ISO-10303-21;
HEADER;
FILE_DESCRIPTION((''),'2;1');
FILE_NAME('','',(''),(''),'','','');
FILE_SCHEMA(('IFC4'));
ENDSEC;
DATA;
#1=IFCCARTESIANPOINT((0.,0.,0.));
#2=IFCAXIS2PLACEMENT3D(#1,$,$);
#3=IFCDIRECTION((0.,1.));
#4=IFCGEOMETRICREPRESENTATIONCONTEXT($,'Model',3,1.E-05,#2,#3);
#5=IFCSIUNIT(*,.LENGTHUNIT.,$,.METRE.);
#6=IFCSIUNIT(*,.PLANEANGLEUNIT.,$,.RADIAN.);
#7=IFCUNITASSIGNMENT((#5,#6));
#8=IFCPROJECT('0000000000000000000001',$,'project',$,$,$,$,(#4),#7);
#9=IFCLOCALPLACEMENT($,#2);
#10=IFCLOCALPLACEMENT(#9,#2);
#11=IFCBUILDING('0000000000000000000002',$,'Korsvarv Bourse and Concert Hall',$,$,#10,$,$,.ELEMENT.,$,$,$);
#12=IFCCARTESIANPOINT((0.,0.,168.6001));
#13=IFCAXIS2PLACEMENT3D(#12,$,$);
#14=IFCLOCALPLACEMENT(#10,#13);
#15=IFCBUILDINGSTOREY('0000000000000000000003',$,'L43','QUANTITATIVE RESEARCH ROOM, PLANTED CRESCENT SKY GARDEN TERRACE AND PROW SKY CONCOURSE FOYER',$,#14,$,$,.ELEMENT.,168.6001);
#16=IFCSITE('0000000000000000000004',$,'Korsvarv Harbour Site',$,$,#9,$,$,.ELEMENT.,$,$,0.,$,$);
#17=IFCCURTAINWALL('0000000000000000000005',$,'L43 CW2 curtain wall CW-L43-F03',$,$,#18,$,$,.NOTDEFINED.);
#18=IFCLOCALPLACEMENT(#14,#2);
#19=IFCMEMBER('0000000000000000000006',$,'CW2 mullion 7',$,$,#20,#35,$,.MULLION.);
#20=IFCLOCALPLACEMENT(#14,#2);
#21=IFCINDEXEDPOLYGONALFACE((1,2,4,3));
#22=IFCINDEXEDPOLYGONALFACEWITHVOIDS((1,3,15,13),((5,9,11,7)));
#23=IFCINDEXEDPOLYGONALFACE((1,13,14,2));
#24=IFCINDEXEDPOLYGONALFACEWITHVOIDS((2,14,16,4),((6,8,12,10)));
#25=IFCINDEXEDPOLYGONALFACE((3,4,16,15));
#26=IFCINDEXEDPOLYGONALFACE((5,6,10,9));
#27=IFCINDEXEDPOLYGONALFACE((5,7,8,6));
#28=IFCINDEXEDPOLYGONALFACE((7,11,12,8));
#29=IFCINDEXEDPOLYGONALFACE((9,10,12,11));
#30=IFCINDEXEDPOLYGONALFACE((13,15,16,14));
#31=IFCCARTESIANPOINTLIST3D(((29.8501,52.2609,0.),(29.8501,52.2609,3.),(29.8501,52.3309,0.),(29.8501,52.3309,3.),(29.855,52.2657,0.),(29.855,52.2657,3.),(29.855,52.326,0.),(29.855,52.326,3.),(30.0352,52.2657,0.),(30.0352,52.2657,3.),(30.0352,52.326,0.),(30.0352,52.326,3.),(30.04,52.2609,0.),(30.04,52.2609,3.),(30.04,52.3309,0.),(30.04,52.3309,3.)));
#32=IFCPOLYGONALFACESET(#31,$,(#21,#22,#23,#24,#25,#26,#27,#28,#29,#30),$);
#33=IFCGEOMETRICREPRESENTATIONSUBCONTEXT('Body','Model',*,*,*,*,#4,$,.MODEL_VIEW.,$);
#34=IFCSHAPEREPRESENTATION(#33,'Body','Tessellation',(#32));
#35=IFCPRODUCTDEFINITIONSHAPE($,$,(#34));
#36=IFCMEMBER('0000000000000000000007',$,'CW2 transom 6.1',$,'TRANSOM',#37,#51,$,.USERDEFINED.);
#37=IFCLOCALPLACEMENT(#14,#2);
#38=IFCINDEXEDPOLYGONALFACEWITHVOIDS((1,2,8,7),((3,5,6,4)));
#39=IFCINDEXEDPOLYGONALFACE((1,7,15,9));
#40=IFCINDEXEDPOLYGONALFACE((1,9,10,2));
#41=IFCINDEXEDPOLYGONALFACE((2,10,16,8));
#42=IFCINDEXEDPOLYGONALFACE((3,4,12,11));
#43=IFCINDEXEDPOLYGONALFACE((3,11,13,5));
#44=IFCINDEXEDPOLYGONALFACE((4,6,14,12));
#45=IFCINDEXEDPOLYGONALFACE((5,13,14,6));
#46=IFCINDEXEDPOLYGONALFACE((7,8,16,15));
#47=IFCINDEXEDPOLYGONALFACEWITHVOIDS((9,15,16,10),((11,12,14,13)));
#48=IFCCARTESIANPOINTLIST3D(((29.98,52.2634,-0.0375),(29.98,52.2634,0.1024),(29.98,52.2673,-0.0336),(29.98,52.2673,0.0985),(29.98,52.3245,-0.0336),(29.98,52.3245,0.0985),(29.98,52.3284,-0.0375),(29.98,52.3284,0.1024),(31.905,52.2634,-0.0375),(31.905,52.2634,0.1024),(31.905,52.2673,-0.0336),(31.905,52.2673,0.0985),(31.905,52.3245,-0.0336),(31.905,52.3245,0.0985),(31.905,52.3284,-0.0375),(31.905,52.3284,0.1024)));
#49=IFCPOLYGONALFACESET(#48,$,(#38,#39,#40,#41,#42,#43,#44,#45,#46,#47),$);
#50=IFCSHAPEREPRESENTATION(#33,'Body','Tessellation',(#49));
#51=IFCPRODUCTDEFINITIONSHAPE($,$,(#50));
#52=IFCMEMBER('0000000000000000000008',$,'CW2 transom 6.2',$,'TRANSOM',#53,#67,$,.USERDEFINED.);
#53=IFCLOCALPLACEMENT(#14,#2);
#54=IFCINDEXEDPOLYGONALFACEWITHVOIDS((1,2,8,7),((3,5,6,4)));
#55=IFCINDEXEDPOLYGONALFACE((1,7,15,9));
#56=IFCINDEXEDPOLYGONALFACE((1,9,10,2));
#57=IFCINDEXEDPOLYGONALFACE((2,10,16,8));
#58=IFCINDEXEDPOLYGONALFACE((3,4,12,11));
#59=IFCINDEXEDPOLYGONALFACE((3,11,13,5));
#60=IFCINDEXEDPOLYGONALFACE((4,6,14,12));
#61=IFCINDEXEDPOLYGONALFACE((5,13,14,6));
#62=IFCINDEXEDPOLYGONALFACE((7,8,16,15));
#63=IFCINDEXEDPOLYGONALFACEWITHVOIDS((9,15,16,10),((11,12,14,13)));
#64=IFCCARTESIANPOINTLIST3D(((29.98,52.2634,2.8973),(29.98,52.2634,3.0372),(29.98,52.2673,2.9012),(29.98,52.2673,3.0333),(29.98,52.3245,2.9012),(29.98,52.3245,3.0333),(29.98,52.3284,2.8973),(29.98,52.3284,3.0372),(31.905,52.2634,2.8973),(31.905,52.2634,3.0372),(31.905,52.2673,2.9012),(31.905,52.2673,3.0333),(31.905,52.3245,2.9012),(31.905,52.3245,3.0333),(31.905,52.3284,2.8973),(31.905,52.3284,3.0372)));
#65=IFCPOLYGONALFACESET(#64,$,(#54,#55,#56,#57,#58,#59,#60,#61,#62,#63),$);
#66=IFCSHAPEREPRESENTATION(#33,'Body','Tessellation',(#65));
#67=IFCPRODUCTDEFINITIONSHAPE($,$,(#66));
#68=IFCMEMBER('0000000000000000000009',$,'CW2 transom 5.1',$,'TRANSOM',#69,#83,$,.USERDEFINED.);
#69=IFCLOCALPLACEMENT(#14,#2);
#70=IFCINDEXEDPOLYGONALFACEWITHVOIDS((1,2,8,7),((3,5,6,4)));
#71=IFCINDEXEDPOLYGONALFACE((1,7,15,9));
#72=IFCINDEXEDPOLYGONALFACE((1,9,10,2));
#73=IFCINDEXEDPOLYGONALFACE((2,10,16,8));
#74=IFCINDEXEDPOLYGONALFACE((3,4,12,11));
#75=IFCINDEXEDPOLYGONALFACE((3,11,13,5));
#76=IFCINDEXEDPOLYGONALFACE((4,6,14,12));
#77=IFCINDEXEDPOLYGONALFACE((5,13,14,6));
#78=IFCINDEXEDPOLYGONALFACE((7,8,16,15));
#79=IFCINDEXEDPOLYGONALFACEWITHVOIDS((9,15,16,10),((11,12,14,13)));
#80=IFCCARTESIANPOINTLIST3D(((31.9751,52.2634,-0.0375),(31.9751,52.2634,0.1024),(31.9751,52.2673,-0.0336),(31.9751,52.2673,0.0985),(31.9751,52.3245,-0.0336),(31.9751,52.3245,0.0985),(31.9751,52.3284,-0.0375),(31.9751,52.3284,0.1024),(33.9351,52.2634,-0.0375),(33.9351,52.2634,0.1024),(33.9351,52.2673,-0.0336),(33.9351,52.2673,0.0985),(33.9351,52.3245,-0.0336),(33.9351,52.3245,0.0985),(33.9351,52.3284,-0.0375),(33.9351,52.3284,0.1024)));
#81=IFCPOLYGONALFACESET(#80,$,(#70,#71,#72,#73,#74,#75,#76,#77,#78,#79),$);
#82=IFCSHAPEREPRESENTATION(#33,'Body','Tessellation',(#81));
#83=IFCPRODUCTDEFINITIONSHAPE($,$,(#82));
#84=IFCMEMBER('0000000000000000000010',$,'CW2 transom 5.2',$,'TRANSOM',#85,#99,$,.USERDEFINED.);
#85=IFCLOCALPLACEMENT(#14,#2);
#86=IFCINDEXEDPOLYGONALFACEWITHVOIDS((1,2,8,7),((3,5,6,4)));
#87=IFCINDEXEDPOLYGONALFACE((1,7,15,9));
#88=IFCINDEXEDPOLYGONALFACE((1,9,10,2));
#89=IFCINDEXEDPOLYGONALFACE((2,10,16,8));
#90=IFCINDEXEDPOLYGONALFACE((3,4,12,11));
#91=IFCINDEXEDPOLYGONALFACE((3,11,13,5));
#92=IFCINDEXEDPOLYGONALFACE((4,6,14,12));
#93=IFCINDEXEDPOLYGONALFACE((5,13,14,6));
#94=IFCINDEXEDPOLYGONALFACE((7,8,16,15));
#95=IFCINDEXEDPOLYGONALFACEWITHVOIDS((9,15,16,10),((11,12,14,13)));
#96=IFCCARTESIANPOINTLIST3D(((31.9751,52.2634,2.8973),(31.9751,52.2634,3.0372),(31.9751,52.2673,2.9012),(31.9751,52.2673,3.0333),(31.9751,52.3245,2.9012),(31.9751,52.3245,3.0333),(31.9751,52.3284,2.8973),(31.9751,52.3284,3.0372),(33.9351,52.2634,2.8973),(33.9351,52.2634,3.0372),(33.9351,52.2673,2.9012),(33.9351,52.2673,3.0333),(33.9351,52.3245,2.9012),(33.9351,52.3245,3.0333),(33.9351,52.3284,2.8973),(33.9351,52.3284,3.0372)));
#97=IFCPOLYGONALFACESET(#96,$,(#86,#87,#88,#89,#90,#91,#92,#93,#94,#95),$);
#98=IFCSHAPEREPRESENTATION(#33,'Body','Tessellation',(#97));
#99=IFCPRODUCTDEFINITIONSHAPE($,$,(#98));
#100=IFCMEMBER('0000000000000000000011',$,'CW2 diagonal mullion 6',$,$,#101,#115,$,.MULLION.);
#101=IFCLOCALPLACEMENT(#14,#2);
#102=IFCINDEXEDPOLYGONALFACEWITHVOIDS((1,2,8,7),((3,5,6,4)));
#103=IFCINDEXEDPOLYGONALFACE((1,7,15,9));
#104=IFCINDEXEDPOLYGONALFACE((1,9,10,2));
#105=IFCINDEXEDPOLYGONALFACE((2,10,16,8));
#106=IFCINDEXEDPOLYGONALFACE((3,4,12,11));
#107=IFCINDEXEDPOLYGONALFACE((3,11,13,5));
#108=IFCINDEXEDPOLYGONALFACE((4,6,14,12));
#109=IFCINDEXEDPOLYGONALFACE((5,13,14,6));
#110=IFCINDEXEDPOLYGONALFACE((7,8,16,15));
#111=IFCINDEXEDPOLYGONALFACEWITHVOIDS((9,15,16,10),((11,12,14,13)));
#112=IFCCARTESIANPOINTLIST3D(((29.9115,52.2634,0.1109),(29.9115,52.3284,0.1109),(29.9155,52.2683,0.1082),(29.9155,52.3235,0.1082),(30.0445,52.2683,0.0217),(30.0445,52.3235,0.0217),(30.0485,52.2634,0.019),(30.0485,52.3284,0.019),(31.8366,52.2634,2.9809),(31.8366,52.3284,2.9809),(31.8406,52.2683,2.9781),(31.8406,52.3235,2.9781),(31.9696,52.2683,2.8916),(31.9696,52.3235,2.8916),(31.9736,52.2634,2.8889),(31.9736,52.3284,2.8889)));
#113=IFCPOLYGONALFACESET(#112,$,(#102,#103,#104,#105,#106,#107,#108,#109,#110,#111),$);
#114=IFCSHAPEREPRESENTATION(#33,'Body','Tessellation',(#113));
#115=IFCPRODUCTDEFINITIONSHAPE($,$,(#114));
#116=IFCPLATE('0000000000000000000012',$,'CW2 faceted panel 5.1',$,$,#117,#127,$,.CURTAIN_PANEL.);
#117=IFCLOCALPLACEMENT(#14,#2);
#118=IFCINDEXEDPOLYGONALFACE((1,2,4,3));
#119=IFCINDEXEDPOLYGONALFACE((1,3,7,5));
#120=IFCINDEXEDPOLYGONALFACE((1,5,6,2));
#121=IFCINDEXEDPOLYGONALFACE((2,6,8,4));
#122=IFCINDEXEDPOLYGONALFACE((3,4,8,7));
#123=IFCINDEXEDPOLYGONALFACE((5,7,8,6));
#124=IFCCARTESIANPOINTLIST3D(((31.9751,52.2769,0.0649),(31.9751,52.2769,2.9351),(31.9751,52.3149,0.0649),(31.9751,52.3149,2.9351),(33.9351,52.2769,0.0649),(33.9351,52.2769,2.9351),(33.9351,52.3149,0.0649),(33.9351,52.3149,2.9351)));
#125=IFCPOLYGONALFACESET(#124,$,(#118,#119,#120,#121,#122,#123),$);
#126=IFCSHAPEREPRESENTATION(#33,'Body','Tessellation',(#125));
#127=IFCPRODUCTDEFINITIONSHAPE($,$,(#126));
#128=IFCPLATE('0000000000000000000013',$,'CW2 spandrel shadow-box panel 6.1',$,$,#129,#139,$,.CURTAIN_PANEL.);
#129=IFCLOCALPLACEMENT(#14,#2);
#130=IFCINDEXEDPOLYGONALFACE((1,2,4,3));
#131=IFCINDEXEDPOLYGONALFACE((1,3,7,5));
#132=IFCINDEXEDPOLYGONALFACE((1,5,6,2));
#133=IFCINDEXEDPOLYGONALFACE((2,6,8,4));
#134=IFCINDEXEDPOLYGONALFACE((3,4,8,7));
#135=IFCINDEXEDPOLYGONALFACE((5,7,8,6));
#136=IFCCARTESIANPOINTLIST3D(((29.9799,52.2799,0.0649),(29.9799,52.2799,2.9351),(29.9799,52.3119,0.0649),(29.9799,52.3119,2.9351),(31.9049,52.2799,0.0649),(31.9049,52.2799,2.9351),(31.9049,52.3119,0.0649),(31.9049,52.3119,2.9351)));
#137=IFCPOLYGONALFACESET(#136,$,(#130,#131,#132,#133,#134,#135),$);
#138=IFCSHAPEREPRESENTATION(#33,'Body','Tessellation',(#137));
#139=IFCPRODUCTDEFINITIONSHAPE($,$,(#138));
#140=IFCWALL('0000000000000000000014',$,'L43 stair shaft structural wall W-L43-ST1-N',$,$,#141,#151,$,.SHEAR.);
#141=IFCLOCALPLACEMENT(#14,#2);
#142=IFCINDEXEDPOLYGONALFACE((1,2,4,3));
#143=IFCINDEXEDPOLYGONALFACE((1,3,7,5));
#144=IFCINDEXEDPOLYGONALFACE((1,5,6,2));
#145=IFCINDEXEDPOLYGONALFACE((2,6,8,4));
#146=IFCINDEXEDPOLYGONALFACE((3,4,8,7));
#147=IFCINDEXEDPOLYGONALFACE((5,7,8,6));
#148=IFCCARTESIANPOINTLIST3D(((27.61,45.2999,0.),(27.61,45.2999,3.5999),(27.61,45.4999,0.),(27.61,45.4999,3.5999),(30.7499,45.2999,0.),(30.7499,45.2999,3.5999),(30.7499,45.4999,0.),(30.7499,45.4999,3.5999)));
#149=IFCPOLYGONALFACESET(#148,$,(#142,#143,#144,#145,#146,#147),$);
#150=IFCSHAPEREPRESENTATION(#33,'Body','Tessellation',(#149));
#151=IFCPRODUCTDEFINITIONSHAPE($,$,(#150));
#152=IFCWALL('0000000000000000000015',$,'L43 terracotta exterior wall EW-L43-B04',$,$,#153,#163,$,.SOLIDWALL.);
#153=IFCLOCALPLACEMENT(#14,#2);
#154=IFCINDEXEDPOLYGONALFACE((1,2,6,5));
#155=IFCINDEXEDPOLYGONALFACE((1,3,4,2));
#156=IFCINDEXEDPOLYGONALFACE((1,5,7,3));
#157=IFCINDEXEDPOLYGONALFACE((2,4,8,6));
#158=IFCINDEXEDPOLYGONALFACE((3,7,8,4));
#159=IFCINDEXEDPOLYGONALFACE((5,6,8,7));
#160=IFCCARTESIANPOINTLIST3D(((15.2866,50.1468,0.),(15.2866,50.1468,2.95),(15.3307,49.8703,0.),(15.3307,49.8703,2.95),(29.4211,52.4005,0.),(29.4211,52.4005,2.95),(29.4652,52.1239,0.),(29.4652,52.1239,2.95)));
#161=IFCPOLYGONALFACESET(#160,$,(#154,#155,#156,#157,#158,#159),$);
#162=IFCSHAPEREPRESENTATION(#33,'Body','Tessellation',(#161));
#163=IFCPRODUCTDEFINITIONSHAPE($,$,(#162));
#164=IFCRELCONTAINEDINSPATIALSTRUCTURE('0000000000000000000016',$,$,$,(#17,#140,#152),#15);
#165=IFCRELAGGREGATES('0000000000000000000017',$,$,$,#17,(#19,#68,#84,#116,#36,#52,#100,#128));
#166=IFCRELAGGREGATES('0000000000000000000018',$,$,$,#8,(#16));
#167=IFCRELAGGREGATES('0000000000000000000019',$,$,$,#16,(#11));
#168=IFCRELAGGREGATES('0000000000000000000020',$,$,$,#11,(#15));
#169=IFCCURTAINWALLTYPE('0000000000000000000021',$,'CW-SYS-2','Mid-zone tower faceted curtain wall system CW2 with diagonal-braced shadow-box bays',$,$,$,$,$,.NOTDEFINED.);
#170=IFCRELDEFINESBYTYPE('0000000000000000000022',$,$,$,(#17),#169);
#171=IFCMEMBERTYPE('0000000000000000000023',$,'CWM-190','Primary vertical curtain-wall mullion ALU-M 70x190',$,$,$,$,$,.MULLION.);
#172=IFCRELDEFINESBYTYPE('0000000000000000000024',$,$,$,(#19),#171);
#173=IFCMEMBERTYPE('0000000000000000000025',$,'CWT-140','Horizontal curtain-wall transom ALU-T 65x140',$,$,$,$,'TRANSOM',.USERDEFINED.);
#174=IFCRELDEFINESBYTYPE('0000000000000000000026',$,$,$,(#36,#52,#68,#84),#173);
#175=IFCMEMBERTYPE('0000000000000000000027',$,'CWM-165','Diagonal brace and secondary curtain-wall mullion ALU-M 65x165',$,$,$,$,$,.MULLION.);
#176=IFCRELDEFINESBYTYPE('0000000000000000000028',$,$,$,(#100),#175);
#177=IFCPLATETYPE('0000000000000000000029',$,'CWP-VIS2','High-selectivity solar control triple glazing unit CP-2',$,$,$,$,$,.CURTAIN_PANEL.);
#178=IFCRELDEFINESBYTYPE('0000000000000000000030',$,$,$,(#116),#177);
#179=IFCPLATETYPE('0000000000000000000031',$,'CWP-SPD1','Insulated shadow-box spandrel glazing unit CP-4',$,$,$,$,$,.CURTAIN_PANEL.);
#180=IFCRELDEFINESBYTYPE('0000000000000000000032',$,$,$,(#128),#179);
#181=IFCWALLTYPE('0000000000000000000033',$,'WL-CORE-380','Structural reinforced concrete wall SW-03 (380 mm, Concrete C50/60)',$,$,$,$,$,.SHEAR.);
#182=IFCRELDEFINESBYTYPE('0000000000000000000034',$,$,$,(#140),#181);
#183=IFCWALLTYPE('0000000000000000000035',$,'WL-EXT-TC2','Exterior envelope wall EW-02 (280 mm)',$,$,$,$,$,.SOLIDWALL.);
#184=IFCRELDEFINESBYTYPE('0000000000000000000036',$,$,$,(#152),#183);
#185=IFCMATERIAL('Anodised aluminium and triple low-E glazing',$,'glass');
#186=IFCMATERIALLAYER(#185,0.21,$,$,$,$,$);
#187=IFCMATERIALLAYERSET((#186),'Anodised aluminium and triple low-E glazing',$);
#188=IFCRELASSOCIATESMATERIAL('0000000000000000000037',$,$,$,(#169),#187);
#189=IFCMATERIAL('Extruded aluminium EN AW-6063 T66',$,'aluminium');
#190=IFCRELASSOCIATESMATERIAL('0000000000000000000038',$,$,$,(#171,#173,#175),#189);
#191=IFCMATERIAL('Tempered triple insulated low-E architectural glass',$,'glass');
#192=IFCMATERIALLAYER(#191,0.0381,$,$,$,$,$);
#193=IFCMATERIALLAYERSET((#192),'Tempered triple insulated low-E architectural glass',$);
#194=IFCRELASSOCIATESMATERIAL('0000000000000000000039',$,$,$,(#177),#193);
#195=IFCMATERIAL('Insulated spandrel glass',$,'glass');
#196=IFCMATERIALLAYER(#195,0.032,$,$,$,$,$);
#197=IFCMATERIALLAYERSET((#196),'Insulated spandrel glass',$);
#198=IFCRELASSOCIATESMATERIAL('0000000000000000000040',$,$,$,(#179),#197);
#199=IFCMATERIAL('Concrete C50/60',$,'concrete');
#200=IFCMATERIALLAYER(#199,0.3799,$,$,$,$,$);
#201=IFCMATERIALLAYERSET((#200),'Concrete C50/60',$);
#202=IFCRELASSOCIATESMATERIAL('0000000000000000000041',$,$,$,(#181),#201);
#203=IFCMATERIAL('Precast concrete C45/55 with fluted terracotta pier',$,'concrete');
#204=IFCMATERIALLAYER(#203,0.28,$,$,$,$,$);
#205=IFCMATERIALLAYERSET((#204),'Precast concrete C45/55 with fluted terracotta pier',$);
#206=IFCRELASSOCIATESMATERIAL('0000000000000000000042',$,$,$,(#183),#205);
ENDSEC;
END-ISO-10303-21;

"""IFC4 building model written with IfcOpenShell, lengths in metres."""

from ifc_helpers import new_model, si_unit, direction, frame, frame_2d, origin, origin_2d, place, context, subcontext, project, spatial, rectangle, hollow_rectangle, extrude, source, transform, mapped, material, layer, layer_set, material_profile, profile_set, type_object, element, aggregate, save


model = new_model("IFC4")

# Units and contexts
model_context = context("Model", 3, precision=1e-05, world=origin(), true_north=direction((0.0, 1.0)))
body_context = subcontext(model_context, "Body", "Model", "MODEL_VIEW")
ifc_project = project(units=[si_unit("LENGTHUNIT", "METRE"), si_unit("PLANEANGLEUNIT", "RADIAN")], contexts=[model_context])

# Site, building, storey
site_placement = place(None, origin())
site = spatial("IfcSite", under=ifc_project, at=site_placement, Name="Korsvarv Harbour Site", CompositionType="ELEMENT", RefElevation=0.0)
building_placement = place(site_placement, origin())
building = spatial("IfcBuilding", under=site, at=building_placement, Name="Korsvarv Bourse and Concert Hall", CompositionType="ELEMENT")
storey_placement = place(building_placement, frame((0.0, 0.0, 168.6001)))
storey = spatial("IfcBuildingStorey", under=building, at=storey_placement, Name="L43", Description="QUANTITATIVE RESEARCH ROOM, PLANTED CRESCENT SKY GARDEN TERRACE AND PROW SKY CONCOURSE FOYER", CompositionType="ELEMENT", Elevation=168.6001)

# Curtain wall, members, plates
ifc_material_1 = material(Name="Anodised aluminium and triple low-E glazing", Category="glass")
ifc_layer_1 = layer(ifc_material_1, 0.21)
ifc_layer_set_1 = layer_set([ifc_layer_1], Name="Anodised aluminium and triple low-E glazing")
curtain_wall_type = type_object("IfcCurtainWallType", Name="CW-SYS-2", Description="Mid-zone tower faceted curtain wall system CW2 with diagonal-braced shadow-box bays", PredefinedType="NOTDEFINED", material=ifc_layer_set_1)
curtain_wall_placement = place(storey_placement, origin())
curtain_wall = element("IfcCurtainWall", 1, at=curtain_wall_placement, inside=storey, type_object=curtain_wall_type, Name="L43 CW2 curtain wall CW-L43-F03", PredefinedType="NOTDEFINED")
ifc_material_2 = material(Name="Extruded aluminium EN AW-6063 T66", Category="aluminium")
ifc_material_profile_1 = material_profile(ifc_material_2, hollow_rectangle(XDim=0.0701, YDim=0.1899, WallThickness=0.0049, at=origin_2d()), Name="ALU-M 70x190")
ifc_profile_set_1 = profile_set([ifc_material_profile_1], Name="Extruded aluminium EN AW-6063 T66")
member_type_1 = type_object("IfcMemberType", Name="CWM-190", Description="Primary vertical curtain-wall mullion ALU-M 70x190", PredefinedType="MULLION", material=ifc_profile_set_1)
shared_shape_1 = source(origin(), body_context, "Body", "SweptSolid", [
    extrude(hollow_rectangle(XDim=0.0701, YDim=0.1899, WallThickness=0.0049, at=origin_2d()), origin(), (0.0, 0.0, 1.0), 3.0),
])
member_1_placement = place(storey_placement, frame((29.9451, 52.2959, 0.0), z_axis=(0.0, 0.0, 1.0), x_axis=(0.0, -1.0, 0.0)))
member_1 = element("IfcMember", 2, at=member_1_placement, type_object=member_type_1, Name="CW2 mullion 7", PredefinedType="MULLION", context=body_context, shape_type="MappedRepresentation", body=[
    mapped(shared_shape_1, transform((0.0, 0.0, 0.0), scale=1.0)),
])
ifc_material_profile_2 = material_profile(ifc_material_2, hollow_rectangle(XDim=0.0649, YDim=0.1399, WallThickness=0.0039, at=origin_2d()), Name="ALU-T 65x140")
ifc_profile_set_2 = profile_set([ifc_material_profile_2], Name="Extruded aluminium EN AW-6063 T66")
member_type_2 = type_object("IfcMemberType", Name="CWT-140", Description="Horizontal curtain-wall transom ALU-T 65x140", ElementType="TRANSOM", PredefinedType="USERDEFINED", material=ifc_profile_set_2)
shared_shape_2 = source(origin(), body_context, "Body", "SweptSolid", [
    extrude(hollow_rectangle(XDim=0.0649, YDim=0.1399, WallThickness=0.0039, at=origin_2d()), origin(), (0.0, 0.0, 1.0), 1.925),
])
member_2_placement = place(storey_placement, frame((31.905, 52.2959, 0.0325), z_axis=(-1.0, 0.0, 0.0), x_axis=(0.0, -1.0, 0.0)))
member_2 = element("IfcMember", 3, at=member_2_placement, type_object=member_type_2, Name="CW2 transom 6.1", ObjectType="TRANSOM", PredefinedType="USERDEFINED", context=body_context, shape_type="MappedRepresentation", body=[
    mapped(shared_shape_2, transform((0.0, 0.0, 0.0), scale=1.0)),
])
member_3_placement = place(storey_placement, frame((31.905, 52.2959, 2.9673), z_axis=(-1.0, 0.0, 0.0), x_axis=(0.0, -1.0, 0.0)))
member_3 = element("IfcMember", 4, at=member_3_placement, type_object=member_type_2, Name="CW2 transom 6.2", ObjectType="TRANSOM", PredefinedType="USERDEFINED", context=body_context, shape_type="MappedRepresentation", body=[
    mapped(shared_shape_2, transform((0.0, 0.0, 0.0), scale=1.0)),
])
shared_shape_3 = source(origin(), body_context, "Body", "SweptSolid", [
    extrude(hollow_rectangle(XDim=0.0649, YDim=0.1399, WallThickness=0.0039, at=origin_2d()), origin(), (0.0, 0.0, 1.0), 1.96),
])
member_4_placement = place(storey_placement, frame((33.9351, 52.2959, 0.0325), z_axis=(-1.0, 0.0, 0.0), x_axis=(0.0, -1.0, 0.0)))
member_4 = element("IfcMember", 5, at=member_4_placement, type_object=member_type_2, Name="CW2 transom 5.1", ObjectType="TRANSOM", PredefinedType="USERDEFINED", context=body_context, shape_type="MappedRepresentation", body=[
    mapped(shared_shape_3, transform((0.0, 0.0, 0.0), scale=1.0)),
])
member_5_placement = place(storey_placement, frame((33.9351, 52.2959, 2.9673), z_axis=(-1.0, 0.0, 0.0), x_axis=(0.0, -1.0, 0.0)))
member_5 = element("IfcMember", 6, at=member_5_placement, type_object=member_type_2, Name="CW2 transom 5.2", ObjectType="TRANSOM", PredefinedType="USERDEFINED", context=body_context, shape_type="MappedRepresentation", body=[
    mapped(shared_shape_3, transform((0.0, 0.0, 0.0), scale=1.0)),
])
ifc_material_profile_3 = material_profile(ifc_material_2, hollow_rectangle(XDim=0.0649, YDim=0.165, WallThickness=0.0049, at=origin_2d()), Name="ALU-M 65x165")
ifc_profile_set_3 = profile_set([ifc_material_profile_3], Name="Extruded aluminium EN AW-6063 T66")
member_type_3 = type_object("IfcMemberType", Name="CWM-165", Description="Diagonal brace and secondary curtain-wall mullion ALU-M 65x165", PredefinedType="MULLION", material=ifc_profile_set_3)
shared_shape_4 = source(origin(), body_context, "Body", "SweptSolid", [
    extrude(hollow_rectangle(XDim=0.0649, YDim=0.165, WallThickness=0.0049, at=origin_2d()), origin(), (0.0, 0.0, 1.0), 3.4558),
])
member_6_placement = place(storey_placement, frame((29.98, 52.2959, 0.0649), z_axis=(0.557062, 0.0, 0.830471), x_axis=(0.0, 1.0, 0.0)))
member_6 = element("IfcMember", 7, at=member_6_placement, type_object=member_type_3, Name="CW2 diagonal mullion 6", PredefinedType="MULLION", context=body_context, shape_type="MappedRepresentation", body=[
    mapped(shared_shape_4, transform((0.0, 0.0, 0.0), scale=1.0)),
])
ifc_material_3 = material(Name="Tempered triple insulated low-E architectural glass", Category="glass")
ifc_layer_2 = layer(ifc_material_3, 0.0381)
ifc_layer_set_2 = layer_set([ifc_layer_2], Name="Tempered triple insulated low-E architectural glass")
plate_type_1 = type_object("IfcPlateType", Name="CWP-VIS2", Description="High-selectivity solar control triple glazing unit CP-2", PredefinedType="CURTAIN_PANEL", material=ifc_layer_set_2)
shared_shape_5 = source(origin(), body_context, "Body", "SweptSolid", [
    extrude(rectangle(XDim=1.96, YDim=0.0381, at=origin_2d()), origin(), (0.0, 0.0, 1.0), 2.8701),
])
plate_1_placement = place(storey_placement, frame((32.9551, 52.2959, 0.0649), z_axis=(0.0, 0.0, 1.0), x_axis=(-1.0, 0.0, 0.0)))
plate_1 = element("IfcPlate", 8, at=plate_1_placement, type_object=plate_type_1, Name="CW2 faceted panel 5.1", PredefinedType="CURTAIN_PANEL", context=body_context, shape_type="MappedRepresentation", body=[
    mapped(shared_shape_5, transform((0.0, 0.0, 0.0), scale=1.0)),
])
ifc_material_4 = material(Name="Insulated spandrel glass", Category="glass")
ifc_layer_3 = layer(ifc_material_4, 0.032)
ifc_layer_set_3 = layer_set([ifc_layer_3], Name="Insulated spandrel glass")
plate_type_2 = type_object("IfcPlateType", Name="CWP-SPD1", Description="Insulated shadow-box spandrel glazing unit CP-4", PredefinedType="CURTAIN_PANEL", material=ifc_layer_set_3)
shared_shape_6 = source(origin(), body_context, "Body", "SweptSolid", [
    extrude(rectangle(XDim=1.925, YDim=0.032, at=origin_2d()), origin(), (0.0, 0.0, 1.0), 2.8701),
])
plate_2_placement = place(storey_placement, frame((30.9424, 52.2959, 0.0649), z_axis=(0.0, 0.0, 1.0), x_axis=(-1.0, 0.0, 0.0)))
plate_2 = element("IfcPlate", 9, at=plate_2_placement, type_object=plate_type_2, Name="CW2 spandrel shadow-box panel 6.1", PredefinedType="CURTAIN_PANEL", context=body_context, shape_type="MappedRepresentation", body=[
    mapped(shared_shape_6, transform((0.0, 0.0, 0.0), scale=1.0)),
])
aggregate(curtain_wall, [member_1, member_4, member_5, plate_1, member_2, member_3, member_6, plate_2])

# Walls
ifc_material_5 = material(Name="Concrete C50/60", Category="concrete")
ifc_layer_4 = layer(ifc_material_5, 0.3799)
ifc_layer_set_4 = layer_set([ifc_layer_4], Name="Concrete C50/60")
wall_type_1 = type_object("IfcWallType", Name="WL-CORE-380", Description="Structural reinforced concrete wall SW-03 (380 mm, Concrete C50/60)", PredefinedType="SHEAR", material=ifc_layer_set_4)
wall_1_placement = place(storey_placement, frame((27.6101, 45.3999, 0.0), z_axis=(0.0, 0.0, 1.0), x_axis=(1.0, 0.0, 0.0)))
element("IfcWall", 10, at=wall_1_placement, inside=storey, type_object=wall_type_1, Name="L43 stair shaft structural wall W-L43-ST1-N", PredefinedType="SHEAR", context=body_context, shape_type="SweptSolid", body=[
    extrude(rectangle(XDim=3.1399, YDim=0.2, at=frame_2d((1.5698, 0.0))), origin(), (0.0, 0.0, 1.0), 3.5999),
])
ifc_material_6 = material(Name="Precast concrete C45/55 with fluted terracotta pier", Category="concrete")
ifc_layer_5 = layer(ifc_material_6, 0.28)
ifc_layer_set_5 = layer_set([ifc_layer_5], Name="Precast concrete C45/55 with fluted terracotta pier")
wall_type_2 = type_object("IfcWallType", Name="WL-EXT-TC2", Description="Exterior envelope wall EW-02 (280 mm)", PredefinedType="SOLIDWALL", material=ifc_layer_set_5)
wall_2_placement = place(storey_placement, frame((29.4431, 52.2622, 0.0), z_axis=(0.0, 0.0, 1.0), x_axis=(-0.987526, -0.157455, 0.0)))
element("IfcWall", 11, at=wall_2_placement, inside=storey, type_object=wall_type_2, Name="L43 terracotta exterior wall EW-L43-B04", PredefinedType="SOLIDWALL", context=body_context, shape_type="SweptSolid", body=[
    extrude(rectangle(XDim=14.313, YDim=0.28, at=frame_2d((7.1565, 0.0))), origin(), (0.0, 0.0, 1.0), 2.95),
])

save(model, "model.ifc")
